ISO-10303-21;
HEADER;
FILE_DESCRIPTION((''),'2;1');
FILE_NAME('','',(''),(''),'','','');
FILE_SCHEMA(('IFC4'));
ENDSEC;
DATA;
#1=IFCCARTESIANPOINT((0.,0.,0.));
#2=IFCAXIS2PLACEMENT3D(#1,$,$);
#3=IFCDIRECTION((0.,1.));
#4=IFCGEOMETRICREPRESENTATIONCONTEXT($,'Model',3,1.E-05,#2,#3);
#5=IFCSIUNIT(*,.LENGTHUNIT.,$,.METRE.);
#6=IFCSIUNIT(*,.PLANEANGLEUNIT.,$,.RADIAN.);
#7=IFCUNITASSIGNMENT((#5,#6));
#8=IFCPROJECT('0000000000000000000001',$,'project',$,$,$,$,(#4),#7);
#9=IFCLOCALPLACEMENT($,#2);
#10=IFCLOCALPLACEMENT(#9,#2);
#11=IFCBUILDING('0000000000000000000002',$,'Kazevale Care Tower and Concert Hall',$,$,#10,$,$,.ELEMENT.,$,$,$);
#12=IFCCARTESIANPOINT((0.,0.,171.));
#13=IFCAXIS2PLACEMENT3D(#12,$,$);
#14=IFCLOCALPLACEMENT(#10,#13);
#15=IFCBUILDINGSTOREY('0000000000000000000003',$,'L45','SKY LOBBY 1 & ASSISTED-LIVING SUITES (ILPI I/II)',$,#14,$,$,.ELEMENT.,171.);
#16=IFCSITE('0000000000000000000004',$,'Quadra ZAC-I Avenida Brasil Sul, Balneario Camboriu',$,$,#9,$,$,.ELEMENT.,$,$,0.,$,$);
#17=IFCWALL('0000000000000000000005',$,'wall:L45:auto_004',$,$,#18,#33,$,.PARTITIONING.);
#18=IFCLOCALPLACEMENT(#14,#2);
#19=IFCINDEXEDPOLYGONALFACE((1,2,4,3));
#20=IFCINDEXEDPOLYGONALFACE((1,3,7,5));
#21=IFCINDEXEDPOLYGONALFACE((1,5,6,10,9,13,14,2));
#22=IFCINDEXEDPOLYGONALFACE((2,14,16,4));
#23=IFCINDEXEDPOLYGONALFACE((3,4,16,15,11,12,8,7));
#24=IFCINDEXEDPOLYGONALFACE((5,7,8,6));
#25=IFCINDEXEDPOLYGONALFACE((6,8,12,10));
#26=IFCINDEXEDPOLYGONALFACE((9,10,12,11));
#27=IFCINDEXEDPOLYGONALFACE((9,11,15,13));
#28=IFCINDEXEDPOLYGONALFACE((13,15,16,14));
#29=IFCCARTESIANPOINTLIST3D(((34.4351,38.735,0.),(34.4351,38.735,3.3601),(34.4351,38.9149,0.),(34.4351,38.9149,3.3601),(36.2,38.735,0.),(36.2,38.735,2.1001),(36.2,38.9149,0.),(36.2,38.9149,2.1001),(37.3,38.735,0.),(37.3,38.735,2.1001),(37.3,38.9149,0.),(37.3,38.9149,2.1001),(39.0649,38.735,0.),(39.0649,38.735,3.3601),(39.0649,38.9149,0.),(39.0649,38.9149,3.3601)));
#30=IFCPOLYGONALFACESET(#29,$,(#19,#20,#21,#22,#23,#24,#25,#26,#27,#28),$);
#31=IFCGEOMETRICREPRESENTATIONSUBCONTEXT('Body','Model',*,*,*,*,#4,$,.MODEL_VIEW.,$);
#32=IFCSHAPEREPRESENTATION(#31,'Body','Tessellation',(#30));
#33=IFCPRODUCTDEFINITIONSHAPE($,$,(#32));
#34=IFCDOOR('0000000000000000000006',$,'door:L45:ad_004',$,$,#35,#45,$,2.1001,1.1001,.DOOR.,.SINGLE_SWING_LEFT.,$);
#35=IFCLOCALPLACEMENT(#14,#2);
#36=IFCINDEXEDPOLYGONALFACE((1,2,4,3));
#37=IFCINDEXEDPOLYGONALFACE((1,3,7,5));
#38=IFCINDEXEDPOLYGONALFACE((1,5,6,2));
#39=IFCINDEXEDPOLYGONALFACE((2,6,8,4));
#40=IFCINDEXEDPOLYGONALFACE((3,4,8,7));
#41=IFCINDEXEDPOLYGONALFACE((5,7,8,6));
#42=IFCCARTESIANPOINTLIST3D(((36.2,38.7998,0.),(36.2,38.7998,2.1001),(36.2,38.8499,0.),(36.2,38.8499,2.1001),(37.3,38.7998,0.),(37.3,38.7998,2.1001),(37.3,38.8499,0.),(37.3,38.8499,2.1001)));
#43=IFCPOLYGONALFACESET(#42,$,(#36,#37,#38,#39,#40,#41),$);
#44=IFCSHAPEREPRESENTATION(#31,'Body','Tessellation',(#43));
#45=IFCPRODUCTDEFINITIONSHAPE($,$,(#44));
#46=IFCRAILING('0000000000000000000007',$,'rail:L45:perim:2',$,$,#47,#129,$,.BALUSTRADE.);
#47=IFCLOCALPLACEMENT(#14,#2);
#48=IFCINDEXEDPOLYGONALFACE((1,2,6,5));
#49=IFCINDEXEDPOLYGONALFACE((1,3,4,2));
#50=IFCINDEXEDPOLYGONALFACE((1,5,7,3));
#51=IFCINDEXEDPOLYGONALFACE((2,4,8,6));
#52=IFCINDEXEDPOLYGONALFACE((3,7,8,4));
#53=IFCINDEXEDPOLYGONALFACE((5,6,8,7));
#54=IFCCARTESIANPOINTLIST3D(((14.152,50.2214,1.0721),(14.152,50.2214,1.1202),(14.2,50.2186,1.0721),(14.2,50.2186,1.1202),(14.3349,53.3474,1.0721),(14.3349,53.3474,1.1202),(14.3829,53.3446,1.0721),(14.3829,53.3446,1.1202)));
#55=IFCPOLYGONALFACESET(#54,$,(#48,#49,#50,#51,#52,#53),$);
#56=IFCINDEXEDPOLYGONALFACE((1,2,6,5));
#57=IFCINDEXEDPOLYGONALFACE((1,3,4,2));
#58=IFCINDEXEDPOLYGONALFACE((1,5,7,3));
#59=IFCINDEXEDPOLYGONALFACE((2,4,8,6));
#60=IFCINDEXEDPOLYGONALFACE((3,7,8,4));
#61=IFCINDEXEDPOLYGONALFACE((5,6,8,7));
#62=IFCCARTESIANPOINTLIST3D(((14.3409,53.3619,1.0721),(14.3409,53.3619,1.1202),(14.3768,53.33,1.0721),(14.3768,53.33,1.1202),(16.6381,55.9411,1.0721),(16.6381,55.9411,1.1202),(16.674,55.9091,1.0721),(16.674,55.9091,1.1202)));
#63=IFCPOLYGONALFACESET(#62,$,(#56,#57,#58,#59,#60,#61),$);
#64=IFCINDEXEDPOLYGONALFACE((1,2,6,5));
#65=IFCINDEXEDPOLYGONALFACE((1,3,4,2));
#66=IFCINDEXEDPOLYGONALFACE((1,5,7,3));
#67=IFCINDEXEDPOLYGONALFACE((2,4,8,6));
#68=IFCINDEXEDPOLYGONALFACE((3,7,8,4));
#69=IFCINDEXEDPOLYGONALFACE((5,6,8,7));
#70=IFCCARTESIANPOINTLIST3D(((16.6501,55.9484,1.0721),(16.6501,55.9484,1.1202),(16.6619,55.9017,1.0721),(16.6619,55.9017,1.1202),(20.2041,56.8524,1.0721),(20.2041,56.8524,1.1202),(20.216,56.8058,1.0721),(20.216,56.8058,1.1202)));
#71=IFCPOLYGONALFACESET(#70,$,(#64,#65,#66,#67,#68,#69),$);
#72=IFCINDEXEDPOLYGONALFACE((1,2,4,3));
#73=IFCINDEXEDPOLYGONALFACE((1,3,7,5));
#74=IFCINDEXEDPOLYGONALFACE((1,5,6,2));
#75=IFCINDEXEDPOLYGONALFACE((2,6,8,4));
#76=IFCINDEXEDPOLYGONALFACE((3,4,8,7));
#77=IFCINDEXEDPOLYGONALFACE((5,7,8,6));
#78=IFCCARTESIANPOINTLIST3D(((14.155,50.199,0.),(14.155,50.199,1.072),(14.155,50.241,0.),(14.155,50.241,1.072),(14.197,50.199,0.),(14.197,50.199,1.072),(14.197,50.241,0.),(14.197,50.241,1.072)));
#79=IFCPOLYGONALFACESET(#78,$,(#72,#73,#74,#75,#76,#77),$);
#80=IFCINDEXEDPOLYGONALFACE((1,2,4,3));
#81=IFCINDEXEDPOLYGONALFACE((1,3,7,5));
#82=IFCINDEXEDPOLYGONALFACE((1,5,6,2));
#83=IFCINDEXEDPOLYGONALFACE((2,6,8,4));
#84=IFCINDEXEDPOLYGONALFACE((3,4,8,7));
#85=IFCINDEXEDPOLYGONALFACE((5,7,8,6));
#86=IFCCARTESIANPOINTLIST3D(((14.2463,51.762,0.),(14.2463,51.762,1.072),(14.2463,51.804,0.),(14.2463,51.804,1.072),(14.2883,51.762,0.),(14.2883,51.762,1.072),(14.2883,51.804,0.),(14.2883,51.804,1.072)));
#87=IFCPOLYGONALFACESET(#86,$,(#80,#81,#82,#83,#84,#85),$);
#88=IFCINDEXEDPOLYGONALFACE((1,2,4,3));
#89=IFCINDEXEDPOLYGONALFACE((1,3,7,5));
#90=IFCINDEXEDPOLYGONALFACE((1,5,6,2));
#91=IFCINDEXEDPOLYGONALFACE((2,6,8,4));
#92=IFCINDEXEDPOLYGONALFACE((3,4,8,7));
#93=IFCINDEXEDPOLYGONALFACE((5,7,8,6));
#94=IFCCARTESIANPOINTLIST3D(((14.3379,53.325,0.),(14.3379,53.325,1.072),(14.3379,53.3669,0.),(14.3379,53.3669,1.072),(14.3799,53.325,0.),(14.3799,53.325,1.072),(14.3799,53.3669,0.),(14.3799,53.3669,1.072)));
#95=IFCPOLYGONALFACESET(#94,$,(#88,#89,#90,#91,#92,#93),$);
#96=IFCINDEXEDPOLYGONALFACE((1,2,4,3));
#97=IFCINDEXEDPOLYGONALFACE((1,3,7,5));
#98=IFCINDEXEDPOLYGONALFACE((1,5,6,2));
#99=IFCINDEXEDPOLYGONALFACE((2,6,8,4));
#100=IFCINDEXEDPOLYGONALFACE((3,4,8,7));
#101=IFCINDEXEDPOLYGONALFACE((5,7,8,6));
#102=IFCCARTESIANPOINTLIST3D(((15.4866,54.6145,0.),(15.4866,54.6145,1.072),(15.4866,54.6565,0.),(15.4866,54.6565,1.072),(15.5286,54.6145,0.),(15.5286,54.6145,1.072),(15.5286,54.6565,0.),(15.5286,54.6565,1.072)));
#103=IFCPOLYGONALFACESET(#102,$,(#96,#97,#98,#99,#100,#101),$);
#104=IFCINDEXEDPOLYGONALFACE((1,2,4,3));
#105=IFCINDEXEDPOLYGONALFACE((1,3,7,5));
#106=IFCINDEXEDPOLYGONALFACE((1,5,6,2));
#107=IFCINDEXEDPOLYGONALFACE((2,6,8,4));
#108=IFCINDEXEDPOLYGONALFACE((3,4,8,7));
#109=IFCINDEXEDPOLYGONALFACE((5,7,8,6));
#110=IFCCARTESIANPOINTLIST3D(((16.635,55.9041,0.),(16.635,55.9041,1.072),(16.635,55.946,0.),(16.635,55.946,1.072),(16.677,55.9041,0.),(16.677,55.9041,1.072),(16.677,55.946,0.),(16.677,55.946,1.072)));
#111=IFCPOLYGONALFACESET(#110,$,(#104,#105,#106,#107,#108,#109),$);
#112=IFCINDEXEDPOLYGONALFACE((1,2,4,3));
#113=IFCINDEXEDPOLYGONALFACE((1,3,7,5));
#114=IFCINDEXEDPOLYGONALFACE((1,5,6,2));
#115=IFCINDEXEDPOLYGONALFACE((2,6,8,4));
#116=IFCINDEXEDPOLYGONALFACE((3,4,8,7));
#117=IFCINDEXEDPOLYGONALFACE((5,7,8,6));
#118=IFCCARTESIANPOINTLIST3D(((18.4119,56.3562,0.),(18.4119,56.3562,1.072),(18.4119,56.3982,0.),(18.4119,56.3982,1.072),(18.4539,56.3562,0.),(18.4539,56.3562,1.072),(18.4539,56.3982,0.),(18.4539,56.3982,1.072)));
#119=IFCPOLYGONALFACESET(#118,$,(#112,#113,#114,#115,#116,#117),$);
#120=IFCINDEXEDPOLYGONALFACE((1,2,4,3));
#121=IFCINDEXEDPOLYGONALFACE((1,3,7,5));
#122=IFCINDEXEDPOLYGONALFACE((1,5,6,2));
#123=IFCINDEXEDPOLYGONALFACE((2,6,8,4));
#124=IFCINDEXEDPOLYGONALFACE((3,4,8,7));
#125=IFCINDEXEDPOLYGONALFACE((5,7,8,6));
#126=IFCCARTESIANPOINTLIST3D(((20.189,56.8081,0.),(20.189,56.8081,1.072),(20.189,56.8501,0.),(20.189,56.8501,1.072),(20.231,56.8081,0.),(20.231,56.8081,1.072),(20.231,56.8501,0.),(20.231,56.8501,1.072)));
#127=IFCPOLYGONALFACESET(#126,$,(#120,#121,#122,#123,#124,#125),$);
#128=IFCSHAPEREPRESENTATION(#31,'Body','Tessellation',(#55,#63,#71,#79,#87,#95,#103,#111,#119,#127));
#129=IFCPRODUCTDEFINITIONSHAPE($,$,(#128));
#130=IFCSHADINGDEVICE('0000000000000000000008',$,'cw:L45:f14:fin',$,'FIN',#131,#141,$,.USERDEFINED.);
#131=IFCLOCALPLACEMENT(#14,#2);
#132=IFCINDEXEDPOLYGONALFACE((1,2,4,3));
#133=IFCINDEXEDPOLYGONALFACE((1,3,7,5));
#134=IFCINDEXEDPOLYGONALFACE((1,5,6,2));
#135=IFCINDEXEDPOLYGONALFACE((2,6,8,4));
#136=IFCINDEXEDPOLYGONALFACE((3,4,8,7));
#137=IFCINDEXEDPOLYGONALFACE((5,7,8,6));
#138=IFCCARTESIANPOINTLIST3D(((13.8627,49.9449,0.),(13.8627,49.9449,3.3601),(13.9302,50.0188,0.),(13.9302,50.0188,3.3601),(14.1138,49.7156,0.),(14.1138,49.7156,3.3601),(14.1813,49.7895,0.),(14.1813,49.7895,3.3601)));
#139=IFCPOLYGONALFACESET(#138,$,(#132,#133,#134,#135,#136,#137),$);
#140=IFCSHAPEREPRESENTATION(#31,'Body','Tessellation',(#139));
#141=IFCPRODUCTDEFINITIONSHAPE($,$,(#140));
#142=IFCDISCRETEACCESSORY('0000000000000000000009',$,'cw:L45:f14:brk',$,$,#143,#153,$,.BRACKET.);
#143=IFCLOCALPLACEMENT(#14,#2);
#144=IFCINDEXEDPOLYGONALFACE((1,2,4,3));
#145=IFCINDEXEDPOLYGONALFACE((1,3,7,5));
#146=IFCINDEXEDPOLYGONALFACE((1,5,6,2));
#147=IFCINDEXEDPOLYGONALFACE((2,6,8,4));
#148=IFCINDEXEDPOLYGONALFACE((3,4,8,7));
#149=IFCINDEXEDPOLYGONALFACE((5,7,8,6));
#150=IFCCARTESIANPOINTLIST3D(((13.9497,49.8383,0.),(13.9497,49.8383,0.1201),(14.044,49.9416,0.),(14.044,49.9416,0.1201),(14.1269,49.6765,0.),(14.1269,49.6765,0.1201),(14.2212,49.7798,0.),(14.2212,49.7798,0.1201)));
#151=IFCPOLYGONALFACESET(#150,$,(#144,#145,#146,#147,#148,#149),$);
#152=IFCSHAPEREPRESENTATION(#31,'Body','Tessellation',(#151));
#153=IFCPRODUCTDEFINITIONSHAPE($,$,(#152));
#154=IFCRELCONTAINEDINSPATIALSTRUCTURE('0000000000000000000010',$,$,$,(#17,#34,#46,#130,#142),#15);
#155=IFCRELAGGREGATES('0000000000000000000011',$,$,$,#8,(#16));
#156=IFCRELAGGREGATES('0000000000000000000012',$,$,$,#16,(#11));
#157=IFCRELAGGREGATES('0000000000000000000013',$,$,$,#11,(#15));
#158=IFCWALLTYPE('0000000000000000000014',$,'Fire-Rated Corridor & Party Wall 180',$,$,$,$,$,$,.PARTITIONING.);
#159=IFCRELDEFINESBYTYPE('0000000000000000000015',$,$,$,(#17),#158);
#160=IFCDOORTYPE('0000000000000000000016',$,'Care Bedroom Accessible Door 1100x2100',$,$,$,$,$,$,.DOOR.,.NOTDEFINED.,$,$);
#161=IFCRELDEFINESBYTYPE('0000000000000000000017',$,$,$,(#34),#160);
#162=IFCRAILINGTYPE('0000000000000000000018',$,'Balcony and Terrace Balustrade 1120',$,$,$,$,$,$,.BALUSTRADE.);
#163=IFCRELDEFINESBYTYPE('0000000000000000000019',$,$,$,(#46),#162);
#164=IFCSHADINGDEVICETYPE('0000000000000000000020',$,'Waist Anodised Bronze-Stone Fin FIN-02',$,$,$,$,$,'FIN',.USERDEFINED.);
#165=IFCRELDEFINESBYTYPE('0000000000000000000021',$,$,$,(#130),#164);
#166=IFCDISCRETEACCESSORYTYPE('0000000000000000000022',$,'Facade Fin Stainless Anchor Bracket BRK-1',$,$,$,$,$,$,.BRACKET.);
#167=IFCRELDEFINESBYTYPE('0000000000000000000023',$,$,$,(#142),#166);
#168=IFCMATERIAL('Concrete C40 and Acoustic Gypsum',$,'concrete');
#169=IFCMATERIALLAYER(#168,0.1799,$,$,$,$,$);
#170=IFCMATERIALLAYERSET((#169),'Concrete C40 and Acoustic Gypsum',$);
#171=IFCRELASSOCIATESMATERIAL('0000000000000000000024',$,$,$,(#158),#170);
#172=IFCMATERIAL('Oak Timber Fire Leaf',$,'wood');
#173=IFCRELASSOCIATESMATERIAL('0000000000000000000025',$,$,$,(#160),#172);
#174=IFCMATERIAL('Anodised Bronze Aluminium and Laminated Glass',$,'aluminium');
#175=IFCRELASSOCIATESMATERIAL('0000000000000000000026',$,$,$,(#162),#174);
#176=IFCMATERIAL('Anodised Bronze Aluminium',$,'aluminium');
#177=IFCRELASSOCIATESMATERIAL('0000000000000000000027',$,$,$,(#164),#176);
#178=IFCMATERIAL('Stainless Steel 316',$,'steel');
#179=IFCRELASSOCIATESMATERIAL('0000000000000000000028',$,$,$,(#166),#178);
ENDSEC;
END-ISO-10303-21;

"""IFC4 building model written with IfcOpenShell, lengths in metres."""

from ifc_helpers import new_model, si_unit, direction, frame, frame_2d, origin, origin_2d, place, context, subcontext, project, spatial, rectangle, extrude, material, layer, layer_set, type_object, element, fill, save


model = new_model("IFC4")

# Units and contexts
model_context = context("Model", 3, precision=1e-05, world=origin(), true_north=direction((0.0, 1.0)))
body_context = subcontext(model_context, "Body", "Model", "MODEL_VIEW")
ifc_project = project(units=[si_unit("LENGTHUNIT", "METRE"), si_unit("PLANEANGLEUNIT", "RADIAN")], contexts=[model_context])

# Site, building, storey
site_placement = place(None, origin())
site = spatial("IfcSite", under=ifc_project, at=site_placement, Name="Quadra ZAC-I Avenida Brasil Sul, Balneario Camboriu", CompositionType="ELEMENT", RefElevation=0.0)
building_placement = place(site_placement, origin())
building = spatial("IfcBuilding", under=site, at=building_placement, Name="Kazevale Care Tower and Concert Hall", CompositionType="ELEMENT")
storey_placement = place(building_placement, frame((0.0, 0.0, 171.0)))
storey = spatial("IfcBuildingStorey", under=building, at=storey_placement, Name="L45", Description="SKY LOBBY 1 & ASSISTED-LIVING SUITES (ILPI I/II)", CompositionType="ELEMENT", Elevation=171.0)

# Wall, opening, door
ifc_material_1 = material(Name="Concrete C40 and Acoustic Gypsum", Category="concrete")
ifc_layer_1 = layer(ifc_material_1, 0.1799)
ifc_layer_set_1 = layer_set([ifc_layer_1], Name="Concrete C40 and Acoustic Gypsum")
wall_type = type_object("IfcWallType", Name="Fire-Rated Corridor & Party Wall 180", PredefinedType="PARTITIONING", material=ifc_layer_set_1)
ifc_material_2 = material(Name="Oak Timber Fire Leaf", Category="wood")
door_type = type_object("IfcDoorType", Name="Care Bedroom Accessible Door 1100x2100", OperationType="NOTDEFINED", PredefinedType="DOOR", material=ifc_material_2)
wall_1_placement = place(storey_placement, frame((34.4351, 38.825, 0.0), z_axis=(0.0, 0.0, 1.0), x_axis=(1.0, 0.0, 0.0)))
wall_1 = element("IfcWall", 1, at=wall_1_placement, inside=storey, type_object=wall_type, Name="wall:L45:auto_004", PredefinedType="PARTITIONING", context=body_context, shape_type="SweptSolid", body=[
    extrude(rectangle(XDim=4.6299, YDim=0.1799, at=frame_2d((2.3149, 0.0))), origin(), (0.0, 0.0, 1.0), 3.3601),
])
opening_1_placement = place(wall_1_placement, frame((1.7649, 0.0, 0.0)))
opening_1 = element("IfcOpeningElement", 2, at=opening_1_placement, cuts=wall_1, PredefinedType="OPENING", context=body_context, shape_type="SweptSolid", body=[
    extrude(rectangle(XDim=1.1001, YDim=2.1001, at=frame_2d((0.55, 1.05))), frame((0.0, 0.0999, 0.0), z_axis=(0.0, -1.0, 0.0), x_axis=(1.0, 0.0, 0.0)), (0.0, 0.0, 1.0), 0.2),
])
door_1_placement = place(opening_1_placement, origin())
door_1 = element("IfcDoor", 3, at=door_1_placement, inside=storey, type_object=door_type, Name="door:L45:ad_004", OperationType="SINGLE_SWING_LEFT", OverallHeight=2.1001, OverallWidth=1.1001, PredefinedType="DOOR", context=body_context, shape_type="SweptSolid", body=[
    extrude(rectangle(XDim=1.1001, YDim=2.1001, at=frame_2d((0.55, 1.05))), frame((0.0, 0.0249, 0.0), z_axis=(0.0, -1.0, 0.0), x_axis=(1.0, 0.0, 0.0)), (0.0, 0.0, 1.0), 0.05),
])
fill(opening_1, door_1)

# Railing
ifc_material_3 = material(Name="Anodised Bronze Aluminium and Laminated Glass", Category="aluminium")
railing_type = type_object("IfcRailingType", Name="Balcony and Terrace Balustrade 1120", PredefinedType="BALUSTRADE", material=ifc_material_3)
railing_placement = place(storey_placement, frame((14.176, 50.22, 0.0)))
element("IfcRailing", 4, at=railing_placement, inside=storey, type_object=railing_type, Name="rail:L45:perim:2", PredefinedType="BALUSTRADE", context=body_context, shape_type="SweptSolid", body=[
    extrude(rectangle(XDim=0.0481, YDim=0.0481, at=origin_2d()), frame((0.0, 0.0, 1.0962), z_axis=(0.058398, 0.998293, 0.0), x_axis=(-0.998293, 0.058398, 0.0)), (0.0, 0.0, 1.0), 3.1313),
    extrude(rectangle(XDim=0.0481, YDim=0.0481, at=origin_2d()), frame((0.1829, 3.126, 1.0962), z_axis=(0.665105, 0.74675, 0.0), x_axis=(-0.74675, 0.665105, 0.0)), (0.0, 0.0, 1.0), 3.4539),
    extrude(rectangle(XDim=0.0481, YDim=0.0481, at=origin_2d()), frame((2.48, 5.7051, 1.0962), z_axis=(0.969136, 0.246528, 0.0), x_axis=(-0.246528, 0.969136, 0.0)), (0.0, 0.0, 1.0), 3.6672),
    extrude(rectangle(XDim=0.042, YDim=0.042, at=origin_2d()), origin(), (0.0, 0.0, 1.0), 1.072),
    extrude(rectangle(XDim=0.042, YDim=0.042, at=origin_2d()), frame((0.0913, 1.563, 0.0)), (0.0, 0.0, 1.0), 1.072),
    extrude(rectangle(XDim=0.042, YDim=0.042, at=origin_2d()), frame((0.1829, 3.126, 0.0)), (0.0, 0.0, 1.0), 1.072),
    extrude(rectangle(XDim=0.042, YDim=0.042, at=origin_2d()), frame((1.3315, 4.4155, 0.0)), (0.0, 0.0, 1.0), 1.072),
    extrude(rectangle(XDim=0.042, YDim=0.042, at=origin_2d()), frame((2.48, 5.7051, 0.0)), (0.0, 0.0, 1.0), 1.072),
    extrude(rectangle(XDim=0.042, YDim=0.042, at=origin_2d()), frame((4.2568, 6.1572, 0.0)), (0.0, 0.0, 1.0), 1.072),
    extrude(rectangle(XDim=0.042, YDim=0.042, at=origin_2d()), frame((6.0339, 6.6091, 0.0)), (0.0, 0.0, 1.0), 1.072),
])

# Shading device
ifc_material_4 = material(Name="Anodised Bronze Aluminium", Category="aluminium")
shading_device_type = type_object("IfcShadingDeviceType", Name="Waist Anodised Bronze-Stone Fin FIN-02", ElementType="FIN", PredefinedType="USERDEFINED", material=ifc_material_4)
shading_device_placement = place(storey_placement, frame((14.022, 49.8672, 0.0), z_axis=(0.0, 0.0, 1.0), x_axis=(-0.738455, 0.674302, 0.0)))
element("IfcShadingDevice", 5, at=shading_device_placement, inside=storey, type_object=shading_device_type, Name="cw:L45:f14:fin", ObjectType="FIN", PredefinedType="USERDEFINED", context=body_context, shape_type="SweptSolid", body=[
    extrude(rectangle(XDim=0.3401, YDim=0.1001, at=origin_2d()), origin(), (0.0, 0.0, 1.0), 3.3601),
])

# Discrete accessory
ifc_material_5 = material(Name="Stainless Steel 316", Category="steel")
discrete_accessory_type = type_object("IfcDiscreteAccessoryType", Name="Facade Fin Stainless Anchor Bracket BRK-1", PredefinedType="BRACKET", material=ifc_material_5)
discrete_accessory_placement = place(storey_placement, frame((14.0854, 49.8091, 0.0), z_axis=(0.0, 0.0, 1.0), x_axis=(-0.738455, 0.674302, 0.0)))
element("IfcDiscreteAccessory", 6, at=discrete_accessory_placement, inside=storey, type_object=discrete_accessory_type, Name="cw:L45:f14:brk", PredefinedType="BRACKET", context=body_context, shape_type="SweptSolid", body=[
    extrude(rectangle(XDim=0.24, YDim=0.1399, at=origin_2d()), origin(), (0.0, 0.0, 1.0), 0.1201),
])

save(model, "model.ifc")
